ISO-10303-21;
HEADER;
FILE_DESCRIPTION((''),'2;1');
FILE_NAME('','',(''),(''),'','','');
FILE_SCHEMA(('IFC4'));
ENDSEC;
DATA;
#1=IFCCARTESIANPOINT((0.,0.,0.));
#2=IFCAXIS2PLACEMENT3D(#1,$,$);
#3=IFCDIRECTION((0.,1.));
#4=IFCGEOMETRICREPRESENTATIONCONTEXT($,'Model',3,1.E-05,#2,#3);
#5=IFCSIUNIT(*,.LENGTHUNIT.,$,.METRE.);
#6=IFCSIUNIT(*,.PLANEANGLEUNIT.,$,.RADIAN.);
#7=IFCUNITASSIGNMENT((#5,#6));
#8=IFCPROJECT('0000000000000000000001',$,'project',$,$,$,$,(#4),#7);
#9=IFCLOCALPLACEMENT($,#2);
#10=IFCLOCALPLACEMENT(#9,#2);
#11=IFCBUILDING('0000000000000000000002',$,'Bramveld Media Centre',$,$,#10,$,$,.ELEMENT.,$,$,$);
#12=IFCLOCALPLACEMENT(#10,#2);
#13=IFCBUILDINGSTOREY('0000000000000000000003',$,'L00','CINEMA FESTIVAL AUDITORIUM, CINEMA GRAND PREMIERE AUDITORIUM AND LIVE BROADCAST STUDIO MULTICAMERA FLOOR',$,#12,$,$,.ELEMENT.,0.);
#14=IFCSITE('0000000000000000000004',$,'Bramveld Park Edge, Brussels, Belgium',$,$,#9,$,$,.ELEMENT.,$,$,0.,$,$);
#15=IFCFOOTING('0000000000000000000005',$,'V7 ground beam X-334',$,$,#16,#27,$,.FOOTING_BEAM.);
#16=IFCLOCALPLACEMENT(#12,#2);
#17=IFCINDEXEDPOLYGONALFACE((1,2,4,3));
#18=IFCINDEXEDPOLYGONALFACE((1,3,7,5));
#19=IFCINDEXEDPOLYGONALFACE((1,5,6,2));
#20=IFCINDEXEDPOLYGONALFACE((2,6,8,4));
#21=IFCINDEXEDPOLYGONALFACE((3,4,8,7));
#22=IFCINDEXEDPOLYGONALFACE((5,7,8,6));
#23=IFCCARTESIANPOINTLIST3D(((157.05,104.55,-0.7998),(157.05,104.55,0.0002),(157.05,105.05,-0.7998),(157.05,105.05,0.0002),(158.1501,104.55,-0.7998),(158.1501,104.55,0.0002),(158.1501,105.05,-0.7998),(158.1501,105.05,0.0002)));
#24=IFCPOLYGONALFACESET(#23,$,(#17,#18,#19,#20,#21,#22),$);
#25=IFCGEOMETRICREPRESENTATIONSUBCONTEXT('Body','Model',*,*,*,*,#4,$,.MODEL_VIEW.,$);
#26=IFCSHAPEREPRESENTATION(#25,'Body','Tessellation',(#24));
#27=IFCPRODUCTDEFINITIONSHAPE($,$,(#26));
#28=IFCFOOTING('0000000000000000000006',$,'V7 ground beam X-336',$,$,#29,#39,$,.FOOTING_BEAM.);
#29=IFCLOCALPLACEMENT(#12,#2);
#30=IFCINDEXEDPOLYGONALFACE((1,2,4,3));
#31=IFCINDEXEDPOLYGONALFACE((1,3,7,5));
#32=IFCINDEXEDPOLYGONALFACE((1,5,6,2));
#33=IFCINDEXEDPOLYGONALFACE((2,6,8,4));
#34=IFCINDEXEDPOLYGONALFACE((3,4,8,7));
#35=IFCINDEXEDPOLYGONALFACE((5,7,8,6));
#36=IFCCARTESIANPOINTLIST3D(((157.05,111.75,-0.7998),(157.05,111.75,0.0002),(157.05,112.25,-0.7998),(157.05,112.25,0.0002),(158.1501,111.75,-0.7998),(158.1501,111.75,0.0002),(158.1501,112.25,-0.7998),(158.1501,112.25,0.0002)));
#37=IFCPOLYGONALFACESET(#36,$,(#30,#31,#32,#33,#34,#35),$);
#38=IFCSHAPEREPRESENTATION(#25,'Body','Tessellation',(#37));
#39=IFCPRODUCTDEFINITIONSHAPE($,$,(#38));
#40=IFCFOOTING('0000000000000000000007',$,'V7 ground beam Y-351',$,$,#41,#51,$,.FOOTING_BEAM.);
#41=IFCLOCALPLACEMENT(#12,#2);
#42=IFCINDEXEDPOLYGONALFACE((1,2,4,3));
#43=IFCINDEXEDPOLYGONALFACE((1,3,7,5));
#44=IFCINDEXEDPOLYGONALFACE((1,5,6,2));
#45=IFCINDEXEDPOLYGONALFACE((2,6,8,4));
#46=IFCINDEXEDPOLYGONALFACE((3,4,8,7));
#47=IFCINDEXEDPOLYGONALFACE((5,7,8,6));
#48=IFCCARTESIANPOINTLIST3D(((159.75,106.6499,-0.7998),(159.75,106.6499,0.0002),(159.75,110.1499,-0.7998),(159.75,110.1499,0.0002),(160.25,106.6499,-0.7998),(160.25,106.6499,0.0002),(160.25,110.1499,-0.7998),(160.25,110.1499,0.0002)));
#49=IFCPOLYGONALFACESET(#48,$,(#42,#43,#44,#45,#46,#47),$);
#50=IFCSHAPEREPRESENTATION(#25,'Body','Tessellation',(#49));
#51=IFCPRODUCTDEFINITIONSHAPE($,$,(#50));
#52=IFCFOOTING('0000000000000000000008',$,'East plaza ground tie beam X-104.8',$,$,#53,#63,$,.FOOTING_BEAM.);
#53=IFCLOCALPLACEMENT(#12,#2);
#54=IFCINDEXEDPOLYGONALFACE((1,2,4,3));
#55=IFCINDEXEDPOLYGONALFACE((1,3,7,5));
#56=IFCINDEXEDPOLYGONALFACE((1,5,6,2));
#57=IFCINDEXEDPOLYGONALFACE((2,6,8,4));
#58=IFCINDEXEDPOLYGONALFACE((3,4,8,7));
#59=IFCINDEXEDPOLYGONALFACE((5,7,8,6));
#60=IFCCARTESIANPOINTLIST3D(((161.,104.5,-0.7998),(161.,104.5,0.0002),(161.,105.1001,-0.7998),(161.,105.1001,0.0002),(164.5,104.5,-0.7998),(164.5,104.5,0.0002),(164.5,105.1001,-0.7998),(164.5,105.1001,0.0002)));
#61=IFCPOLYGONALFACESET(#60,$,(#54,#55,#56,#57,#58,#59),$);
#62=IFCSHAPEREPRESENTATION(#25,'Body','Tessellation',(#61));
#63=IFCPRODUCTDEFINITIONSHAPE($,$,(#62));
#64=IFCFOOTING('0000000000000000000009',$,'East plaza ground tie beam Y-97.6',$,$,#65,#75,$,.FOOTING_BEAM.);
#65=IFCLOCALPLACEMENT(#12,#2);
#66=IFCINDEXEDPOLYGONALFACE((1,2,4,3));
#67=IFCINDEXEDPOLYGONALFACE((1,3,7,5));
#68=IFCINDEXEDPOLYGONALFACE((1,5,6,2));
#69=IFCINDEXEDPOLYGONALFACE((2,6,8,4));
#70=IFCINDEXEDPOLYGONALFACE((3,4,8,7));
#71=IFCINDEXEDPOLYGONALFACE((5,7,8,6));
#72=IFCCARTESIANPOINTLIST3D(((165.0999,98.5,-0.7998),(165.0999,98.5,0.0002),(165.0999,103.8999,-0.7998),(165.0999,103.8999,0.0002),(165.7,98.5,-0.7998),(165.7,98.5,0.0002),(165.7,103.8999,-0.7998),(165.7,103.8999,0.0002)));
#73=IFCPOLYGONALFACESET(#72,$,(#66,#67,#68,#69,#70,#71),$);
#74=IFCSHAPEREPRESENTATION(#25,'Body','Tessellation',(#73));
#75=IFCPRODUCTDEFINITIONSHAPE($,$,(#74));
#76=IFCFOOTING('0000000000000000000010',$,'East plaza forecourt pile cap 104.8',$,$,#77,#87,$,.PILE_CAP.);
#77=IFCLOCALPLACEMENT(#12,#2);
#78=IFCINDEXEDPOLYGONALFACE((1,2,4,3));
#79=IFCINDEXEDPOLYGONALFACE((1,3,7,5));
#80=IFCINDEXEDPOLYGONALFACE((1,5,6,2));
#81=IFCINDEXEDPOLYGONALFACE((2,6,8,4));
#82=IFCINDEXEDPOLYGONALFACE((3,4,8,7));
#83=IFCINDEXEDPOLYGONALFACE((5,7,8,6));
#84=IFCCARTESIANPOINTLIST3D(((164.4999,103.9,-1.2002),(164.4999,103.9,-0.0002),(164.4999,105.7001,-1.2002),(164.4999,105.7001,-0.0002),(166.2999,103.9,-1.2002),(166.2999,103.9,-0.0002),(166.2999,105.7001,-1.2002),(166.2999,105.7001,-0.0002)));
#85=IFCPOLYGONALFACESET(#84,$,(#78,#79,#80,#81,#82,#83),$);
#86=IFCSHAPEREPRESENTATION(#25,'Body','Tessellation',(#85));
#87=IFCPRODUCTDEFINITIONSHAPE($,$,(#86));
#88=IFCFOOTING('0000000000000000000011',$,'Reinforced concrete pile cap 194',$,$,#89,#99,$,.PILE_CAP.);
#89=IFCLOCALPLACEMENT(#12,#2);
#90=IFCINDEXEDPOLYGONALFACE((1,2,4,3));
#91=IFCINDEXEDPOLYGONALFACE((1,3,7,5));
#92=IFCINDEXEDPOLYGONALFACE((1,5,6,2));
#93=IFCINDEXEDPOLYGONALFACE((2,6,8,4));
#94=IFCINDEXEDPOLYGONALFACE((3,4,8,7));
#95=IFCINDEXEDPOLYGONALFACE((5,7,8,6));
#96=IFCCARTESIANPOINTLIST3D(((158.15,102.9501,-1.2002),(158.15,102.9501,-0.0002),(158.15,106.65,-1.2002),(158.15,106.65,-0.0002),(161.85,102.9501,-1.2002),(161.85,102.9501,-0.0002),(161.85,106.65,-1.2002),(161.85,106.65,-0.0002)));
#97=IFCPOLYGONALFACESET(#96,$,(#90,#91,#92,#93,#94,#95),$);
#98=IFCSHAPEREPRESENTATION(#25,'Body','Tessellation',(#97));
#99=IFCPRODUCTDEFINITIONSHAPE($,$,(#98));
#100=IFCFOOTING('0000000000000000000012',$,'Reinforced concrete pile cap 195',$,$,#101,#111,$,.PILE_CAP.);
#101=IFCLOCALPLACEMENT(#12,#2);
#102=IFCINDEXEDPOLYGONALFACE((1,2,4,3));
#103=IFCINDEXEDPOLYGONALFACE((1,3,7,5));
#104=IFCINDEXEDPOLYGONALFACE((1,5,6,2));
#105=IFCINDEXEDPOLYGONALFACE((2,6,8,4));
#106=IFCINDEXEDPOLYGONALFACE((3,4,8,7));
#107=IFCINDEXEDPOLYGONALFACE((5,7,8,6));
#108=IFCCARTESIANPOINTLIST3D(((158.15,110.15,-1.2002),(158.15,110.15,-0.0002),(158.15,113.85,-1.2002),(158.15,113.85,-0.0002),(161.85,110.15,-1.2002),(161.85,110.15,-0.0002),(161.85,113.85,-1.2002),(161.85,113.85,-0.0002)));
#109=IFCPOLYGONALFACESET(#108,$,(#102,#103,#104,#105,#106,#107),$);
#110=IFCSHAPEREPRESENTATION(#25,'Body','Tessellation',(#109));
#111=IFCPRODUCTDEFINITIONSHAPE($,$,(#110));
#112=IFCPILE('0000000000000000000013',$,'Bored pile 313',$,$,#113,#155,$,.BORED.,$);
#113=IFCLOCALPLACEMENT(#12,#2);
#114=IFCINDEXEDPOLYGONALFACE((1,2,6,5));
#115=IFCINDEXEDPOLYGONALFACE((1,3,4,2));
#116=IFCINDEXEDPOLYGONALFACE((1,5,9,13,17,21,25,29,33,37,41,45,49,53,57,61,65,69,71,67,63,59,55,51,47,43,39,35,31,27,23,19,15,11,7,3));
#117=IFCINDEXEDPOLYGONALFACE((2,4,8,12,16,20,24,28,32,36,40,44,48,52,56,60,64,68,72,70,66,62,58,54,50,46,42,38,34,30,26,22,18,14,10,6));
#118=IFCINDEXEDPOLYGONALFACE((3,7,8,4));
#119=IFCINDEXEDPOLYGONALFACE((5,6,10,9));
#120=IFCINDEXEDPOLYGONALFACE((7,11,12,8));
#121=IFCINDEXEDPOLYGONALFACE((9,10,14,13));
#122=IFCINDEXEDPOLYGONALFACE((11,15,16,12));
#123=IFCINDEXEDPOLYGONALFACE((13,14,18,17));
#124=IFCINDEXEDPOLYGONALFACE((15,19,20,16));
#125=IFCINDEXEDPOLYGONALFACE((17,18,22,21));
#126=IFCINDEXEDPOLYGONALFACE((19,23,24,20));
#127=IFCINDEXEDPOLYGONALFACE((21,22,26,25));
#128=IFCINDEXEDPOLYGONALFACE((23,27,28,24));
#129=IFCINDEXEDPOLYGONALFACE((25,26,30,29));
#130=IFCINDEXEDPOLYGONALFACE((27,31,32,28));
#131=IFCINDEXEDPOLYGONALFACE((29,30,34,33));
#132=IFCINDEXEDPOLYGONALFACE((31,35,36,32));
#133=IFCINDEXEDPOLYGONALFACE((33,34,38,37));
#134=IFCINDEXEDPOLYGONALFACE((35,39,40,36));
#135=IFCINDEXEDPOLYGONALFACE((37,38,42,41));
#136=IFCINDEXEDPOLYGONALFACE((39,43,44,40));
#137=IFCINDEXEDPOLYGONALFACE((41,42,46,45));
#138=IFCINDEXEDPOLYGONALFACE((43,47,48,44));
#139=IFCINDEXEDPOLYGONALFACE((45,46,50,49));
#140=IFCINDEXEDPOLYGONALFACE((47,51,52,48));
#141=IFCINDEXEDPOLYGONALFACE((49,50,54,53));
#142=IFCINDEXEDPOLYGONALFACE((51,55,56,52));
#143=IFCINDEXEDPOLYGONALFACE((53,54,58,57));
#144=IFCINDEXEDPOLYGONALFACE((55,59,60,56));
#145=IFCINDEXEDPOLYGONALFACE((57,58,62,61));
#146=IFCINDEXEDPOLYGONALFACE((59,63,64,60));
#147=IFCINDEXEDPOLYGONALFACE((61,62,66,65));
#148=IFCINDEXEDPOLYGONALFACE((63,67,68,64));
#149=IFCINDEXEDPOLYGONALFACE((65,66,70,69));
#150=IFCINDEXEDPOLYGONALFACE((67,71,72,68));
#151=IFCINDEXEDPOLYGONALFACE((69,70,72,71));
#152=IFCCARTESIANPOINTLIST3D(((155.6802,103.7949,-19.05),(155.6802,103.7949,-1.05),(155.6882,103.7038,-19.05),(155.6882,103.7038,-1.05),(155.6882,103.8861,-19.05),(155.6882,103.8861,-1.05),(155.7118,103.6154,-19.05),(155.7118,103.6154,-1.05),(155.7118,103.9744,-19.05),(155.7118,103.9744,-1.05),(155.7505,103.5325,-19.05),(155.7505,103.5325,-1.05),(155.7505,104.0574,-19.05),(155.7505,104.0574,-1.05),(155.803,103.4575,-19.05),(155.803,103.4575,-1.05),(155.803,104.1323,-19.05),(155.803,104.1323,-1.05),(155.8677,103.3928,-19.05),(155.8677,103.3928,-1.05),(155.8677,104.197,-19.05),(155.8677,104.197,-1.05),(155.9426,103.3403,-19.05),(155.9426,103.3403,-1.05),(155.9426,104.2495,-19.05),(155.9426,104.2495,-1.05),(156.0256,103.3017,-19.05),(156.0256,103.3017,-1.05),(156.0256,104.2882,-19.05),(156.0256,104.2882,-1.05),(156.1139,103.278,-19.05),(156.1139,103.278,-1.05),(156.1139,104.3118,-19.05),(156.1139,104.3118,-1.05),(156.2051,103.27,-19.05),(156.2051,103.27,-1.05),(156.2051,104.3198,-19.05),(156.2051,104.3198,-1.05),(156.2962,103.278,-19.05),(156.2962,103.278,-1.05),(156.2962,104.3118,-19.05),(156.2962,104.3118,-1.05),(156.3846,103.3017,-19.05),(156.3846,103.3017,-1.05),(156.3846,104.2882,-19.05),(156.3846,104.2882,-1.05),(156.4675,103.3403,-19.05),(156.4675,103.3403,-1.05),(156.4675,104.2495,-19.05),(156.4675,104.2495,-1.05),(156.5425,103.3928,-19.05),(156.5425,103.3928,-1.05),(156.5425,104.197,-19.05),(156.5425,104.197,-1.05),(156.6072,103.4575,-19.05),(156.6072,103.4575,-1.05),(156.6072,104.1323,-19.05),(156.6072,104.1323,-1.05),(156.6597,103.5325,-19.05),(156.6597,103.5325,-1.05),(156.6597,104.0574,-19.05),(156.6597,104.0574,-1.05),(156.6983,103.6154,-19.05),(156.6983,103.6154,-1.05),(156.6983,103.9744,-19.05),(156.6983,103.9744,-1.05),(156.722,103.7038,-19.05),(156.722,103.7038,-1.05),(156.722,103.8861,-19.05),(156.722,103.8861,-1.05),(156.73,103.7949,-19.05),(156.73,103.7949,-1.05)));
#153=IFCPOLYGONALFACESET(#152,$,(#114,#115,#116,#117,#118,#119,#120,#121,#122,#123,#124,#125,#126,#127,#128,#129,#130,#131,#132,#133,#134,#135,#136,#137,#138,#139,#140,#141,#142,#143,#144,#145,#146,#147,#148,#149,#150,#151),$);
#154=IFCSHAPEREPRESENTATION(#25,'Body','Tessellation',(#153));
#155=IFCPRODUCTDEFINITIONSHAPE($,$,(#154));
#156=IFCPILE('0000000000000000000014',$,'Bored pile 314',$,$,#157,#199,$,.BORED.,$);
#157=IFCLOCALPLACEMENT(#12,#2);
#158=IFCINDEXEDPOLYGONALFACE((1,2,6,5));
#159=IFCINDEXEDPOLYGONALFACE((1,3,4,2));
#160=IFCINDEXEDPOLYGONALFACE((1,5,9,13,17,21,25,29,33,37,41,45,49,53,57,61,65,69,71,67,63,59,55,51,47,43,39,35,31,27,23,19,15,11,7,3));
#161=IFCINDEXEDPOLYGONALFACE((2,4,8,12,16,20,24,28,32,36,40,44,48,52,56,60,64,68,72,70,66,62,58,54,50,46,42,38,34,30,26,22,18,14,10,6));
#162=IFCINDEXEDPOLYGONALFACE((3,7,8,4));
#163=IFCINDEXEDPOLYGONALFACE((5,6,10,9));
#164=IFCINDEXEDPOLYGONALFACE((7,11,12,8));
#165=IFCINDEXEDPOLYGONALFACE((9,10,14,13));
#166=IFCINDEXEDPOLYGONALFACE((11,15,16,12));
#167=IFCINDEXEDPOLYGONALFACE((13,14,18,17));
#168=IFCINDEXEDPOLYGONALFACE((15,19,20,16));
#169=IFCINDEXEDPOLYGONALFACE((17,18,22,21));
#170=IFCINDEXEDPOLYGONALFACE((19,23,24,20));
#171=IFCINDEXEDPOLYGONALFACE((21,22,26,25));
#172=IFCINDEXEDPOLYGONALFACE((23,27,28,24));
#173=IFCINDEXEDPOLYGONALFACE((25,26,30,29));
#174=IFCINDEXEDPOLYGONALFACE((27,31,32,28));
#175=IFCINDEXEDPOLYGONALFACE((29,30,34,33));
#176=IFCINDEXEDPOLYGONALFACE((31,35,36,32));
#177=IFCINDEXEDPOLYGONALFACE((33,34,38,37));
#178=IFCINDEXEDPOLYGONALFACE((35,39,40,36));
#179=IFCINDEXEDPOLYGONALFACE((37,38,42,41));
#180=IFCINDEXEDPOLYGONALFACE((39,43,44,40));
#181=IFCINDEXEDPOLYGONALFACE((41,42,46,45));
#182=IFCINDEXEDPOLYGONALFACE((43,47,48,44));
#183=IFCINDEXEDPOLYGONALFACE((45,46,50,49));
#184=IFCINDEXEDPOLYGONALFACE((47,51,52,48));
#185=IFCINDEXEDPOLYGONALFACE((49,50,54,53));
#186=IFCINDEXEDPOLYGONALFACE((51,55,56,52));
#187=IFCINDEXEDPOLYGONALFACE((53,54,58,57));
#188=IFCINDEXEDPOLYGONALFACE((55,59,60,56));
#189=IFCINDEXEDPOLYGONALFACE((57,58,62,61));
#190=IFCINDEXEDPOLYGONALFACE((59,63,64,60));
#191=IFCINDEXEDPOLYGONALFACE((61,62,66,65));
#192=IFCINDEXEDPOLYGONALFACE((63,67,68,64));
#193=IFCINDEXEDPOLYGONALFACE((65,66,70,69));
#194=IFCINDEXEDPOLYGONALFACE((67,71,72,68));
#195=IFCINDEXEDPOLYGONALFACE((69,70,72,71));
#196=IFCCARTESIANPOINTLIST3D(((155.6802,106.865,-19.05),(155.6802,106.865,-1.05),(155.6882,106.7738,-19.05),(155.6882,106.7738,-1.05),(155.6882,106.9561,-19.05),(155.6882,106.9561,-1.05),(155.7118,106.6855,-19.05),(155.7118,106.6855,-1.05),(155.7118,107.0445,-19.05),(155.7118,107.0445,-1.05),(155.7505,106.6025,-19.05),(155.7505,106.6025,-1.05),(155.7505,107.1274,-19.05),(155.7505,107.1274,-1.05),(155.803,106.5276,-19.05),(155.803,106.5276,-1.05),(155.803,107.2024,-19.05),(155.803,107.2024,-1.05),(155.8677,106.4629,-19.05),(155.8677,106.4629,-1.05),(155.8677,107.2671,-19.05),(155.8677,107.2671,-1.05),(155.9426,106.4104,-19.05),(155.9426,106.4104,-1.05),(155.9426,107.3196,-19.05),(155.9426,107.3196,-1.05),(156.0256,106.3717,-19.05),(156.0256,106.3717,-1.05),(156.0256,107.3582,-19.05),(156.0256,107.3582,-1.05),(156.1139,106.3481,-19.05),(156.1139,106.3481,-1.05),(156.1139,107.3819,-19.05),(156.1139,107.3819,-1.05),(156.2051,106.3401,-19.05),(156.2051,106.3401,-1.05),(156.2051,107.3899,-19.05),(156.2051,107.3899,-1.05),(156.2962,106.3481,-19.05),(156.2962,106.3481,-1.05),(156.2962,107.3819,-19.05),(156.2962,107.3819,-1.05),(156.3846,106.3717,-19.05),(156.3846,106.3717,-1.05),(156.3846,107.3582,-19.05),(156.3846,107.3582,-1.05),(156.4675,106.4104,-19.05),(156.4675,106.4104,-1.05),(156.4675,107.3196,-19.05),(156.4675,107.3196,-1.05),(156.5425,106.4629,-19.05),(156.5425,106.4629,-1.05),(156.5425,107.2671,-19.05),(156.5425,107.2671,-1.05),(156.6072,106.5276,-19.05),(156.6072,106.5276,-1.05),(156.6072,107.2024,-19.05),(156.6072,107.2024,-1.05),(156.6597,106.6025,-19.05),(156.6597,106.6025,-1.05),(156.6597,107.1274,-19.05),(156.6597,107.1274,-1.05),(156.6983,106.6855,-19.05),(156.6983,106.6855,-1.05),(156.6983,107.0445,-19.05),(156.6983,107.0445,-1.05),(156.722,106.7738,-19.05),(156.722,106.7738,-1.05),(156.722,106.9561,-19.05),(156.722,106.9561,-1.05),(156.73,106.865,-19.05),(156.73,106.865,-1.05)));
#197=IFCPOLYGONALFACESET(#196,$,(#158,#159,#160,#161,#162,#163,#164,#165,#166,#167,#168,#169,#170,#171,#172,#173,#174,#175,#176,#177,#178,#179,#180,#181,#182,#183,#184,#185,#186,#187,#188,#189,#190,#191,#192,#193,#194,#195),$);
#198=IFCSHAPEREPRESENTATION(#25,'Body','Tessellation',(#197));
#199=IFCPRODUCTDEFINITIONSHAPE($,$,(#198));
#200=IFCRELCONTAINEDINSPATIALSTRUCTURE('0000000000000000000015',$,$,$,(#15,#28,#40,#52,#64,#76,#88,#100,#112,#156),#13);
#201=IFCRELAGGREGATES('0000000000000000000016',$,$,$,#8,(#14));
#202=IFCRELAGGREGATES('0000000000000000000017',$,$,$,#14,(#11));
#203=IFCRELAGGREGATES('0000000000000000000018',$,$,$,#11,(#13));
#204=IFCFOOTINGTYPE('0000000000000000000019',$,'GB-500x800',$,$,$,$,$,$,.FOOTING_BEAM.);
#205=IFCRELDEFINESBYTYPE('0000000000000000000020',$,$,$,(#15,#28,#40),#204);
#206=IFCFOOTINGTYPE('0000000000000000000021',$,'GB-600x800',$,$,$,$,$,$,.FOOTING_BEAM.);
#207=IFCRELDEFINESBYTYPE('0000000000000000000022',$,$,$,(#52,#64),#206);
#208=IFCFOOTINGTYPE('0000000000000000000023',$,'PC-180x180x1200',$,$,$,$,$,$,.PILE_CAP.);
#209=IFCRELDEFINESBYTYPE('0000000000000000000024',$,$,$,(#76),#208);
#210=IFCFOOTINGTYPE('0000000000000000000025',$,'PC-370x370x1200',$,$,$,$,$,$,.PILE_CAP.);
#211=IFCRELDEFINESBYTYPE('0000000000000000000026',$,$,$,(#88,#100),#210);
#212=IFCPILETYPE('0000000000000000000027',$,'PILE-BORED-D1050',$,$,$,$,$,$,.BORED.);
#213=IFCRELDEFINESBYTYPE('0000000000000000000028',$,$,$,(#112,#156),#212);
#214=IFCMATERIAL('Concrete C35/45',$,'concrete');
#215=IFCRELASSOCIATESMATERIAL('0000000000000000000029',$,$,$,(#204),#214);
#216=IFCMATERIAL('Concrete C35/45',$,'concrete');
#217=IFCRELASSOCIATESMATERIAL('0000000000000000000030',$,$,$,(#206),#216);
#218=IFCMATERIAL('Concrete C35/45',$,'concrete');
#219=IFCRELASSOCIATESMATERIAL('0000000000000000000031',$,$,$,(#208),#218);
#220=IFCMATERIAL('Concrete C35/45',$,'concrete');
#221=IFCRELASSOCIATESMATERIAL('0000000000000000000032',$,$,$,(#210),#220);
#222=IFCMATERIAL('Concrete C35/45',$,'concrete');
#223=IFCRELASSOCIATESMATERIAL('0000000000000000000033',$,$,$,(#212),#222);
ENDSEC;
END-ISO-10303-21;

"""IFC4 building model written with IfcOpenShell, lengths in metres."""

from ifc_helpers import new_model, si_unit, direction, frame, origin, origin_2d, place, context, subcontext, project, spatial, rectangle, circle, extrude, material, material_profile, profile_set, type_object, element, save


model = new_model("IFC4")

# Units and contexts
model_context = context("Model", 3, precision=1e-05, world=origin(), true_north=direction((0.0, 1.0)))
body_context = subcontext(model_context, "Body", "Model", "MODEL_VIEW")
ifc_project = project(units=[si_unit("LENGTHUNIT", "METRE"), si_unit("PLANEANGLEUNIT", "RADIAN")], contexts=[model_context])

# Site, building, storey
site_placement = place(None, origin())
site = spatial("IfcSite", under=ifc_project, at=site_placement, Name="Bramveld Park Edge, Brussels, Belgium", CompositionType="ELEMENT", RefElevation=0.0)
building_placement = place(site_placement, origin())
building = spatial("IfcBuilding", under=site, at=building_placement, Name="Bramveld Media Centre", CompositionType="ELEMENT")
storey_placement = place(building_placement, origin())
storey = spatial("IfcBuildingStorey", under=building, at=storey_placement, Name="L00", Description="CINEMA FESTIVAL AUDITORIUM, CINEMA GRAND PREMIERE AUDITORIUM AND LIVE BROADCAST STUDIO MULTICAMERA FLOOR", CompositionType="ELEMENT", Elevation=0.0)

# Footings
ifc_material_1 = material(Name="Concrete C35/45", Category="concrete")
footing_type_1 = type_object("IfcFootingType", Name="GB-500x800", PredefinedType="FOOTING_BEAM", material=ifc_material_1)
for number, where, z_axis, x_axis, name in (
    (1, (157.6001, 104.8, -0.7998), (0.0, 0.0, 1.0), (1.0, 0.0, 0.0), "V7 ground beam X-334"),
    (2, (157.6001, 112.0, -0.7998), (0.0, 0.0, 1.0), (1.0, 0.0, 0.0), "V7 ground beam X-336"),
):
    element("IfcFooting", number, at=place(storey_placement, frame(where, z_axis=z_axis, x_axis=x_axis)), inside=storey, type_object=footing_type_1, Name=name, PredefinedType="FOOTING_BEAM", context=body_context, shape_type="SweptSolid", body=[
        extrude(rectangle(XDim=1.1001, YDim=0.5, at=origin_2d()), origin(), (0.0, 0.0, 1.0), 0.8),
    ])
footing_1_placement = place(storey_placement, frame((160.0, 108.3999, -0.7998), z_axis=(0.0, 0.0, 1.0), x_axis=(1.0, 0.0, 0.0)))
element("IfcFooting", 3, at=footing_1_placement, inside=storey, type_object=footing_type_1, Name="V7 ground beam Y-351", PredefinedType="FOOTING_BEAM", context=body_context, shape_type="SweptSolid", body=[
    extrude(rectangle(XDim=0.5, YDim=3.5, at=origin_2d()), origin(), (0.0, 0.0, 1.0), 0.8),
])
ifc_material_2 = material(Name="Concrete C35/45", Category="concrete")
footing_type_2 = type_object("IfcFootingType", Name="GB-600x800", PredefinedType="FOOTING_BEAM", material=ifc_material_2)
footing_2_placement = place(storey_placement, frame((162.75, 104.8, -0.7998), z_axis=(0.0, 0.0, 1.0), x_axis=(1.0, 0.0, 0.0)))
element("IfcFooting", 4, at=footing_2_placement, inside=storey, type_object=footing_type_2, Name="East plaza ground tie beam X-104.8", PredefinedType="FOOTING_BEAM", context=body_context, shape_type="SweptSolid", body=[
    extrude(rectangle(XDim=3.5, YDim=0.6001, at=origin_2d()), origin(), (0.0, 0.0, 1.0), 0.8),
])
footing_3_placement = place(storey_placement, frame((165.3999, 101.2, -0.7998), z_axis=(0.0, 0.0, 1.0), x_axis=(1.0, 0.0, 0.0)))
element("IfcFooting", 5, at=footing_3_placement, inside=storey, type_object=footing_type_2, Name="East plaza ground tie beam Y-97.6", PredefinedType="FOOTING_BEAM", context=body_context, shape_type="SweptSolid", body=[
    extrude(rectangle(XDim=0.6001, YDim=5.3999, at=origin_2d()), origin(), (0.0, 0.0, 1.0), 0.8),
])
ifc_material_3 = material(Name="Concrete C35/45", Category="concrete")
footing_type_3 = type_object("IfcFootingType", Name="PC-180x180x1200", PredefinedType="PILE_CAP", material=ifc_material_3)
footing_4_placement = place(storey_placement, frame((165.3999, 104.8, -1.2002), z_axis=(0.0, 0.0, 1.0), x_axis=(1.0, 0.0, 0.0)))
element("IfcFooting", 6, at=footing_4_placement, inside=storey, type_object=footing_type_3, Name="East plaza forecourt pile cap 104.8", PredefinedType="PILE_CAP", context=body_context, shape_type="SweptSolid", body=[
    extrude(rectangle(XDim=1.8, YDim=1.8, at=origin_2d()), origin(), (0.0, 0.0, 1.0), 1.2),
])
ifc_material_4 = material(Name="Concrete C35/45", Category="concrete")
footing_type_4 = type_object("IfcFootingType", Name="PC-370x370x1200", PredefinedType="PILE_CAP", material=ifc_material_4)
for number, where, z_axis, x_axis, name in (
    (7, (160.0, 104.8, -1.2002), (0.0, 0.0, 1.0), (1.0, 0.0, 0.0), "Reinforced concrete pile cap 194"),
    (8, (160.0, 112.0, -1.2002), (0.0, 0.0, 1.0), (1.0, 0.0, 0.0), "Reinforced concrete pile cap 195"),
):
    element("IfcFooting", number, at=place(storey_placement, frame(where, z_axis=z_axis, x_axis=x_axis)), inside=storey, type_object=footing_type_4, Name=name, PredefinedType="PILE_CAP", context=body_context, shape_type="SweptSolid", body=[
        extrude(rectangle(XDim=3.7, YDim=3.7, at=origin_2d()), origin(), (0.0, 0.0, 1.0), 1.2),
    ])

# Piles
ifc_material_5 = material(Name="Concrete C35/45", Category="concrete")
ifc_material_profile_1 = material_profile(ifc_material_5, circle(Radius=0.5249, at=origin_2d()), Name="BORED D1050")
ifc_profile_set_1 = profile_set([ifc_material_profile_1], Name="Concrete C35/45")
pile_type_1 = type_object("IfcPileType", Name="PILE-BORED-D1050", PredefinedType="BORED", material=ifc_profile_set_1)
for number, where, z_axis, x_axis, name in (
    (9, (156.2051, 103.7949, -1.05), (0.0, 0.0, -1.0), (1.0, 0.0, 0.0), "Bored pile 313"),
    (10, (156.2051, 106.865, -1.05), (0.0, 0.0, -1.0), (1.0, 0.0, 0.0), "Bored pile 314"),
):
    element("IfcPile", number, at=place(storey_placement, frame(where, z_axis=z_axis, x_axis=x_axis)), inside=storey, type_object=pile_type_1, Name=name, PredefinedType="BORED", context=body_context, shape_type="SweptSolid", body=[
        extrude(circle(Radius=0.5249, at=origin_2d()), origin(), (0.0, 0.0, 1.0), 18.0),
    ])

save(model, "model.ifc")
